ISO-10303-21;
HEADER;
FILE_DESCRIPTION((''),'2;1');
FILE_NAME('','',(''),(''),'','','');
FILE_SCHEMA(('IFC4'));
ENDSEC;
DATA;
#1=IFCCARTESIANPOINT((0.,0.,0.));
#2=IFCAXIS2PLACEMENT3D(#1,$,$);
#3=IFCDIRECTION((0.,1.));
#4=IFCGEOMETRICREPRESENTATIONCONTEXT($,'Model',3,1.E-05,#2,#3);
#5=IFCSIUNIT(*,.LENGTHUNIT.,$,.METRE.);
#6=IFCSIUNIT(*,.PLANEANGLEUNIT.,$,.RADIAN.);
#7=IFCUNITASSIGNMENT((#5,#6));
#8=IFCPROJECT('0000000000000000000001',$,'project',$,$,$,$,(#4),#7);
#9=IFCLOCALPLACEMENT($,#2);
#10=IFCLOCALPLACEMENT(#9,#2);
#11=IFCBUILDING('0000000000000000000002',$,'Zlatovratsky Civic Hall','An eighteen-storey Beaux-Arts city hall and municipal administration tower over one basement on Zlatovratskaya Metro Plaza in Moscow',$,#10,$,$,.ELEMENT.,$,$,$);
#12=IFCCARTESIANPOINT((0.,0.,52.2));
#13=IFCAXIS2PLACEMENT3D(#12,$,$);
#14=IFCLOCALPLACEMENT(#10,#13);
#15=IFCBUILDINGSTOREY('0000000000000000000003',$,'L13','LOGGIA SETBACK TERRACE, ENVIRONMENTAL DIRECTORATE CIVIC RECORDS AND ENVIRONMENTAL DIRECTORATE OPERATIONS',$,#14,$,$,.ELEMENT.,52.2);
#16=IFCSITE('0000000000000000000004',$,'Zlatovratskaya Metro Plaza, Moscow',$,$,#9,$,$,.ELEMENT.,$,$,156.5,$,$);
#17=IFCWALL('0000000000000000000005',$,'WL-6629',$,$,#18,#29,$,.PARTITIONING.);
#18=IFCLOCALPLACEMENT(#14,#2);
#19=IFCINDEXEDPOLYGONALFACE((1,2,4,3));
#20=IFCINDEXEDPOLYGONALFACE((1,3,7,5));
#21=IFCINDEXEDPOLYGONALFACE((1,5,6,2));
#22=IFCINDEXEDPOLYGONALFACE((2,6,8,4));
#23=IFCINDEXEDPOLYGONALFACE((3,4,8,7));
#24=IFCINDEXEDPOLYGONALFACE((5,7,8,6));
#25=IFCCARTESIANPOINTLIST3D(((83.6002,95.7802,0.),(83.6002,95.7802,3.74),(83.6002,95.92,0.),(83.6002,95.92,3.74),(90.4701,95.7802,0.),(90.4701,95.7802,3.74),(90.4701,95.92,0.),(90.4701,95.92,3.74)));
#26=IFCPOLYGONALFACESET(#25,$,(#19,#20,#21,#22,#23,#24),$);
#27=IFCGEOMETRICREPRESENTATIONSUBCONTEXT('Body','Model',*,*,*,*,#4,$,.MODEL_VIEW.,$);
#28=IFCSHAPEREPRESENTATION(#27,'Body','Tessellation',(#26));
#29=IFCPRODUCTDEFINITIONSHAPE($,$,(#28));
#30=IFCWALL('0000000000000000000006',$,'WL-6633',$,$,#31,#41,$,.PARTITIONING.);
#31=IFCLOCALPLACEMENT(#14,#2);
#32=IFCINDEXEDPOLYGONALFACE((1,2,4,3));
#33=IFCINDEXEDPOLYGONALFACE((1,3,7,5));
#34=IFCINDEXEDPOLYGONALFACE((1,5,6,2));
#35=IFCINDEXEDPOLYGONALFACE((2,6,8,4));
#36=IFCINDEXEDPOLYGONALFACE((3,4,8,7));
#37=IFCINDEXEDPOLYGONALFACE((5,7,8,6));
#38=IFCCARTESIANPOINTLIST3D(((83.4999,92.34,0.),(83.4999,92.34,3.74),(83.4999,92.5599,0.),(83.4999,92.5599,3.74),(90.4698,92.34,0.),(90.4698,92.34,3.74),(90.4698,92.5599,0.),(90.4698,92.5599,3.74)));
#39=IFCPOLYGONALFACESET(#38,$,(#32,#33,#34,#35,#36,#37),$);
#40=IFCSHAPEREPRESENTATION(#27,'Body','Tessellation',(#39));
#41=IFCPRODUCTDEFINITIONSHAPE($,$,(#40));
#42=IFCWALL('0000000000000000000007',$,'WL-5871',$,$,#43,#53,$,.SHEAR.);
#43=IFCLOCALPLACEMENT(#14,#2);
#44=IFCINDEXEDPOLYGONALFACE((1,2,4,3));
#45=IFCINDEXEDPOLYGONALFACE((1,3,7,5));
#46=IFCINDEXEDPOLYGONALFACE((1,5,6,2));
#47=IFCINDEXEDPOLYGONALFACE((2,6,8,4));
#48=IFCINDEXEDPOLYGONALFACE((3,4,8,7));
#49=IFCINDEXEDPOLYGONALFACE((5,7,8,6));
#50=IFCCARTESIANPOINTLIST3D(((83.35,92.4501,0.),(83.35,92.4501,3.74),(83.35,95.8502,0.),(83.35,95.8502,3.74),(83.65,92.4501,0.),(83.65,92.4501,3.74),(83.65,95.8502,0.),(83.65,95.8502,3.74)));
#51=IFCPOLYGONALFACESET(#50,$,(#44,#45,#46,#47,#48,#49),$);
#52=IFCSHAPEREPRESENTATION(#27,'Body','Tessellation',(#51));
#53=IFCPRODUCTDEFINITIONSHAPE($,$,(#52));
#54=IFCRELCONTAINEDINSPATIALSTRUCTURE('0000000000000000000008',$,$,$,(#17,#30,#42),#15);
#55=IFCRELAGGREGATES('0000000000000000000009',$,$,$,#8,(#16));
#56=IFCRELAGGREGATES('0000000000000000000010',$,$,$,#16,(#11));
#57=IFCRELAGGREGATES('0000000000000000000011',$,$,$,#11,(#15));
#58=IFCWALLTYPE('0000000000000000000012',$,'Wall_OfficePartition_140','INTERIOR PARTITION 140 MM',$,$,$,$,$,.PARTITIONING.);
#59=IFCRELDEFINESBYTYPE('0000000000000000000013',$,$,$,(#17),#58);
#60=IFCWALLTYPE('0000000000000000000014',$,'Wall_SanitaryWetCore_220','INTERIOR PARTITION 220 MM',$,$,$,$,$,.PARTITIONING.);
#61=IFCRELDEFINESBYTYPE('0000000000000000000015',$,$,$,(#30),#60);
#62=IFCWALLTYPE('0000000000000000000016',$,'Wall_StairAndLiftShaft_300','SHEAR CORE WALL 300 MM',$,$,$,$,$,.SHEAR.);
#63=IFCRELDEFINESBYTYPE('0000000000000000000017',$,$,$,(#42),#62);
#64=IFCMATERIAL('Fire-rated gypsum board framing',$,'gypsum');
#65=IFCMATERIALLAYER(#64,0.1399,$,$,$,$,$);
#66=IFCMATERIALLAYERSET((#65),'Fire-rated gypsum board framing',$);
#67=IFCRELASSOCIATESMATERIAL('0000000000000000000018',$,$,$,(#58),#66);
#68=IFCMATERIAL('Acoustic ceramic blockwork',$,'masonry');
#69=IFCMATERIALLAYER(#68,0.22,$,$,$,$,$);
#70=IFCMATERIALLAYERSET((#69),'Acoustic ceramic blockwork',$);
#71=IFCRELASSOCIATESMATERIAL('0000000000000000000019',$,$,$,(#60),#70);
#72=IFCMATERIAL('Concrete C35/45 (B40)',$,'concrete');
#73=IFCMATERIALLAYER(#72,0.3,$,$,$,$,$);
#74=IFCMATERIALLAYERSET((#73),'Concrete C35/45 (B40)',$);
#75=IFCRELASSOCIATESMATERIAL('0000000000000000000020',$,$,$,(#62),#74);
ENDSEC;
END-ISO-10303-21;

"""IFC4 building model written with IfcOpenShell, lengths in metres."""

from ifc_helpers import new_model, si_unit, direction, frame, frame_2d, origin, place, context, subcontext, project, spatial, rectangle, extrude, material, layer, layer_set, type_object, element, save


model = new_model("IFC4")

# Units and contexts
model_context = context("Model", 3, precision=1e-05, world=origin(), true_north=direction((0.0, 1.0)))
body_context = subcontext(model_context, "Body", "Model", "MODEL_VIEW")
ifc_project = project(units=[si_unit("LENGTHUNIT", "METRE"), si_unit("PLANEANGLEUNIT", "RADIAN")], contexts=[model_context])

# Site, building, storey
site_placement = place(None, origin())
site = spatial("IfcSite", under=ifc_project, at=site_placement, Name="Zlatovratskaya Metro Plaza, Moscow", CompositionType="ELEMENT", RefElevation=156.5)
building_placement = place(site_placement, origin())
building = spatial("IfcBuilding", under=site, at=building_placement, Name="Zlatovratsky Civic Hall", Description="An eighteen-storey Beaux-Arts city hall and municipal administration tower over one basement on Zlatovratskaya Metro Plaza in Moscow", CompositionType="ELEMENT")
storey_placement = place(building_placement, frame((0.0, 0.0, 52.2)))
storey = spatial("IfcBuildingStorey", under=building, at=storey_placement, Name="L13", Description="LOGGIA SETBACK TERRACE, ENVIRONMENTAL DIRECTORATE CIVIC RECORDS AND ENVIRONMENTAL DIRECTORATE OPERATIONS", CompositionType="ELEMENT", Elevation=52.2)

# Shared definitions
ifc_material_1 = material(Name="Concrete C35/45 (B40)", Category="concrete")

# Shared definitions
ifc_material_2 = material(Name="Acoustic ceramic blockwork", Category="masonry")

# Walls
ifc_material_3 = material(Name="Fire-rated gypsum board framing", Category="gypsum")
ifc_layer_1 = layer(ifc_material_3, 0.1399)
ifc_layer_set_1 = layer_set([ifc_layer_1], Name="Fire-rated gypsum board framing")
wall_type_1 = type_object("IfcWallType", Name="Wall_OfficePartition_140", Description="INTERIOR PARTITION 140 MM", PredefinedType="PARTITIONING", material=ifc_layer_set_1)
wall_1_placement = place(storey_placement, frame((83.6001, 95.8501, 0.0), z_axis=(0.0, 0.0, 1.0), x_axis=(1.0, 0.0, 0.0)))
element("IfcWall", 1, at=wall_1_placement, inside=storey, type_object=wall_type_1, Name="WL-6629", PredefinedType="PARTITIONING", context=body_context, shape_type="SweptSolid", body=[
    extrude(rectangle(XDim=6.8699, YDim=0.1399, at=frame_2d((3.4351, 0.0))), origin(), (0.0, 0.0, 1.0), 3.74),
])
ifc_layer_2 = layer(ifc_material_2, 0.22)
ifc_layer_set_2 = layer_set([ifc_layer_2], Name="Acoustic ceramic blockwork")
wall_type_2 = type_object("IfcWallType", Name="Wall_SanitaryWetCore_220", Description="INTERIOR PARTITION 220 MM", PredefinedType="PARTITIONING", material=ifc_layer_set_2)
wall_2_placement = place(storey_placement, frame((83.5, 92.45, 0.0), z_axis=(0.0, 0.0, 1.0), x_axis=(1.0, 0.0, 0.0)))
element("IfcWall", 2, at=wall_2_placement, inside=storey, type_object=wall_type_2, Name="WL-6633", PredefinedType="PARTITIONING", context=body_context, shape_type="SweptSolid", body=[
    extrude(rectangle(XDim=6.97, YDim=0.22, at=frame_2d((3.4849, 0.0))), origin(), (0.0, 0.0, 1.0), 3.74),
])
ifc_layer_3 = layer(ifc_material_1, 0.3)
ifc_layer_set_3 = layer_set([ifc_layer_3], Name="Concrete C35/45 (B40)")
wall_type_3 = type_object("IfcWallType", Name="Wall_StairAndLiftShaft_300", Description="SHEAR CORE WALL 300 MM", PredefinedType="SHEAR", material=ifc_layer_set_3)
wall_3_placement = place(storey_placement, frame((83.5, 92.45, 0.0), z_axis=(0.0, 0.0, 1.0), x_axis=(0.0, 1.0, 0.0)))
element("IfcWall", 3, at=wall_3_placement, inside=storey, type_object=wall_type_3, Name="WL-5871", PredefinedType="SHEAR", context=body_context, shape_type="SweptSolid", body=[
    extrude(rectangle(XDim=3.4001, YDim=0.3, at=frame_2d((1.7002, 0.0))), origin(), (0.0, 0.0, 1.0), 3.74),
])

save(model, "model.ifc")
